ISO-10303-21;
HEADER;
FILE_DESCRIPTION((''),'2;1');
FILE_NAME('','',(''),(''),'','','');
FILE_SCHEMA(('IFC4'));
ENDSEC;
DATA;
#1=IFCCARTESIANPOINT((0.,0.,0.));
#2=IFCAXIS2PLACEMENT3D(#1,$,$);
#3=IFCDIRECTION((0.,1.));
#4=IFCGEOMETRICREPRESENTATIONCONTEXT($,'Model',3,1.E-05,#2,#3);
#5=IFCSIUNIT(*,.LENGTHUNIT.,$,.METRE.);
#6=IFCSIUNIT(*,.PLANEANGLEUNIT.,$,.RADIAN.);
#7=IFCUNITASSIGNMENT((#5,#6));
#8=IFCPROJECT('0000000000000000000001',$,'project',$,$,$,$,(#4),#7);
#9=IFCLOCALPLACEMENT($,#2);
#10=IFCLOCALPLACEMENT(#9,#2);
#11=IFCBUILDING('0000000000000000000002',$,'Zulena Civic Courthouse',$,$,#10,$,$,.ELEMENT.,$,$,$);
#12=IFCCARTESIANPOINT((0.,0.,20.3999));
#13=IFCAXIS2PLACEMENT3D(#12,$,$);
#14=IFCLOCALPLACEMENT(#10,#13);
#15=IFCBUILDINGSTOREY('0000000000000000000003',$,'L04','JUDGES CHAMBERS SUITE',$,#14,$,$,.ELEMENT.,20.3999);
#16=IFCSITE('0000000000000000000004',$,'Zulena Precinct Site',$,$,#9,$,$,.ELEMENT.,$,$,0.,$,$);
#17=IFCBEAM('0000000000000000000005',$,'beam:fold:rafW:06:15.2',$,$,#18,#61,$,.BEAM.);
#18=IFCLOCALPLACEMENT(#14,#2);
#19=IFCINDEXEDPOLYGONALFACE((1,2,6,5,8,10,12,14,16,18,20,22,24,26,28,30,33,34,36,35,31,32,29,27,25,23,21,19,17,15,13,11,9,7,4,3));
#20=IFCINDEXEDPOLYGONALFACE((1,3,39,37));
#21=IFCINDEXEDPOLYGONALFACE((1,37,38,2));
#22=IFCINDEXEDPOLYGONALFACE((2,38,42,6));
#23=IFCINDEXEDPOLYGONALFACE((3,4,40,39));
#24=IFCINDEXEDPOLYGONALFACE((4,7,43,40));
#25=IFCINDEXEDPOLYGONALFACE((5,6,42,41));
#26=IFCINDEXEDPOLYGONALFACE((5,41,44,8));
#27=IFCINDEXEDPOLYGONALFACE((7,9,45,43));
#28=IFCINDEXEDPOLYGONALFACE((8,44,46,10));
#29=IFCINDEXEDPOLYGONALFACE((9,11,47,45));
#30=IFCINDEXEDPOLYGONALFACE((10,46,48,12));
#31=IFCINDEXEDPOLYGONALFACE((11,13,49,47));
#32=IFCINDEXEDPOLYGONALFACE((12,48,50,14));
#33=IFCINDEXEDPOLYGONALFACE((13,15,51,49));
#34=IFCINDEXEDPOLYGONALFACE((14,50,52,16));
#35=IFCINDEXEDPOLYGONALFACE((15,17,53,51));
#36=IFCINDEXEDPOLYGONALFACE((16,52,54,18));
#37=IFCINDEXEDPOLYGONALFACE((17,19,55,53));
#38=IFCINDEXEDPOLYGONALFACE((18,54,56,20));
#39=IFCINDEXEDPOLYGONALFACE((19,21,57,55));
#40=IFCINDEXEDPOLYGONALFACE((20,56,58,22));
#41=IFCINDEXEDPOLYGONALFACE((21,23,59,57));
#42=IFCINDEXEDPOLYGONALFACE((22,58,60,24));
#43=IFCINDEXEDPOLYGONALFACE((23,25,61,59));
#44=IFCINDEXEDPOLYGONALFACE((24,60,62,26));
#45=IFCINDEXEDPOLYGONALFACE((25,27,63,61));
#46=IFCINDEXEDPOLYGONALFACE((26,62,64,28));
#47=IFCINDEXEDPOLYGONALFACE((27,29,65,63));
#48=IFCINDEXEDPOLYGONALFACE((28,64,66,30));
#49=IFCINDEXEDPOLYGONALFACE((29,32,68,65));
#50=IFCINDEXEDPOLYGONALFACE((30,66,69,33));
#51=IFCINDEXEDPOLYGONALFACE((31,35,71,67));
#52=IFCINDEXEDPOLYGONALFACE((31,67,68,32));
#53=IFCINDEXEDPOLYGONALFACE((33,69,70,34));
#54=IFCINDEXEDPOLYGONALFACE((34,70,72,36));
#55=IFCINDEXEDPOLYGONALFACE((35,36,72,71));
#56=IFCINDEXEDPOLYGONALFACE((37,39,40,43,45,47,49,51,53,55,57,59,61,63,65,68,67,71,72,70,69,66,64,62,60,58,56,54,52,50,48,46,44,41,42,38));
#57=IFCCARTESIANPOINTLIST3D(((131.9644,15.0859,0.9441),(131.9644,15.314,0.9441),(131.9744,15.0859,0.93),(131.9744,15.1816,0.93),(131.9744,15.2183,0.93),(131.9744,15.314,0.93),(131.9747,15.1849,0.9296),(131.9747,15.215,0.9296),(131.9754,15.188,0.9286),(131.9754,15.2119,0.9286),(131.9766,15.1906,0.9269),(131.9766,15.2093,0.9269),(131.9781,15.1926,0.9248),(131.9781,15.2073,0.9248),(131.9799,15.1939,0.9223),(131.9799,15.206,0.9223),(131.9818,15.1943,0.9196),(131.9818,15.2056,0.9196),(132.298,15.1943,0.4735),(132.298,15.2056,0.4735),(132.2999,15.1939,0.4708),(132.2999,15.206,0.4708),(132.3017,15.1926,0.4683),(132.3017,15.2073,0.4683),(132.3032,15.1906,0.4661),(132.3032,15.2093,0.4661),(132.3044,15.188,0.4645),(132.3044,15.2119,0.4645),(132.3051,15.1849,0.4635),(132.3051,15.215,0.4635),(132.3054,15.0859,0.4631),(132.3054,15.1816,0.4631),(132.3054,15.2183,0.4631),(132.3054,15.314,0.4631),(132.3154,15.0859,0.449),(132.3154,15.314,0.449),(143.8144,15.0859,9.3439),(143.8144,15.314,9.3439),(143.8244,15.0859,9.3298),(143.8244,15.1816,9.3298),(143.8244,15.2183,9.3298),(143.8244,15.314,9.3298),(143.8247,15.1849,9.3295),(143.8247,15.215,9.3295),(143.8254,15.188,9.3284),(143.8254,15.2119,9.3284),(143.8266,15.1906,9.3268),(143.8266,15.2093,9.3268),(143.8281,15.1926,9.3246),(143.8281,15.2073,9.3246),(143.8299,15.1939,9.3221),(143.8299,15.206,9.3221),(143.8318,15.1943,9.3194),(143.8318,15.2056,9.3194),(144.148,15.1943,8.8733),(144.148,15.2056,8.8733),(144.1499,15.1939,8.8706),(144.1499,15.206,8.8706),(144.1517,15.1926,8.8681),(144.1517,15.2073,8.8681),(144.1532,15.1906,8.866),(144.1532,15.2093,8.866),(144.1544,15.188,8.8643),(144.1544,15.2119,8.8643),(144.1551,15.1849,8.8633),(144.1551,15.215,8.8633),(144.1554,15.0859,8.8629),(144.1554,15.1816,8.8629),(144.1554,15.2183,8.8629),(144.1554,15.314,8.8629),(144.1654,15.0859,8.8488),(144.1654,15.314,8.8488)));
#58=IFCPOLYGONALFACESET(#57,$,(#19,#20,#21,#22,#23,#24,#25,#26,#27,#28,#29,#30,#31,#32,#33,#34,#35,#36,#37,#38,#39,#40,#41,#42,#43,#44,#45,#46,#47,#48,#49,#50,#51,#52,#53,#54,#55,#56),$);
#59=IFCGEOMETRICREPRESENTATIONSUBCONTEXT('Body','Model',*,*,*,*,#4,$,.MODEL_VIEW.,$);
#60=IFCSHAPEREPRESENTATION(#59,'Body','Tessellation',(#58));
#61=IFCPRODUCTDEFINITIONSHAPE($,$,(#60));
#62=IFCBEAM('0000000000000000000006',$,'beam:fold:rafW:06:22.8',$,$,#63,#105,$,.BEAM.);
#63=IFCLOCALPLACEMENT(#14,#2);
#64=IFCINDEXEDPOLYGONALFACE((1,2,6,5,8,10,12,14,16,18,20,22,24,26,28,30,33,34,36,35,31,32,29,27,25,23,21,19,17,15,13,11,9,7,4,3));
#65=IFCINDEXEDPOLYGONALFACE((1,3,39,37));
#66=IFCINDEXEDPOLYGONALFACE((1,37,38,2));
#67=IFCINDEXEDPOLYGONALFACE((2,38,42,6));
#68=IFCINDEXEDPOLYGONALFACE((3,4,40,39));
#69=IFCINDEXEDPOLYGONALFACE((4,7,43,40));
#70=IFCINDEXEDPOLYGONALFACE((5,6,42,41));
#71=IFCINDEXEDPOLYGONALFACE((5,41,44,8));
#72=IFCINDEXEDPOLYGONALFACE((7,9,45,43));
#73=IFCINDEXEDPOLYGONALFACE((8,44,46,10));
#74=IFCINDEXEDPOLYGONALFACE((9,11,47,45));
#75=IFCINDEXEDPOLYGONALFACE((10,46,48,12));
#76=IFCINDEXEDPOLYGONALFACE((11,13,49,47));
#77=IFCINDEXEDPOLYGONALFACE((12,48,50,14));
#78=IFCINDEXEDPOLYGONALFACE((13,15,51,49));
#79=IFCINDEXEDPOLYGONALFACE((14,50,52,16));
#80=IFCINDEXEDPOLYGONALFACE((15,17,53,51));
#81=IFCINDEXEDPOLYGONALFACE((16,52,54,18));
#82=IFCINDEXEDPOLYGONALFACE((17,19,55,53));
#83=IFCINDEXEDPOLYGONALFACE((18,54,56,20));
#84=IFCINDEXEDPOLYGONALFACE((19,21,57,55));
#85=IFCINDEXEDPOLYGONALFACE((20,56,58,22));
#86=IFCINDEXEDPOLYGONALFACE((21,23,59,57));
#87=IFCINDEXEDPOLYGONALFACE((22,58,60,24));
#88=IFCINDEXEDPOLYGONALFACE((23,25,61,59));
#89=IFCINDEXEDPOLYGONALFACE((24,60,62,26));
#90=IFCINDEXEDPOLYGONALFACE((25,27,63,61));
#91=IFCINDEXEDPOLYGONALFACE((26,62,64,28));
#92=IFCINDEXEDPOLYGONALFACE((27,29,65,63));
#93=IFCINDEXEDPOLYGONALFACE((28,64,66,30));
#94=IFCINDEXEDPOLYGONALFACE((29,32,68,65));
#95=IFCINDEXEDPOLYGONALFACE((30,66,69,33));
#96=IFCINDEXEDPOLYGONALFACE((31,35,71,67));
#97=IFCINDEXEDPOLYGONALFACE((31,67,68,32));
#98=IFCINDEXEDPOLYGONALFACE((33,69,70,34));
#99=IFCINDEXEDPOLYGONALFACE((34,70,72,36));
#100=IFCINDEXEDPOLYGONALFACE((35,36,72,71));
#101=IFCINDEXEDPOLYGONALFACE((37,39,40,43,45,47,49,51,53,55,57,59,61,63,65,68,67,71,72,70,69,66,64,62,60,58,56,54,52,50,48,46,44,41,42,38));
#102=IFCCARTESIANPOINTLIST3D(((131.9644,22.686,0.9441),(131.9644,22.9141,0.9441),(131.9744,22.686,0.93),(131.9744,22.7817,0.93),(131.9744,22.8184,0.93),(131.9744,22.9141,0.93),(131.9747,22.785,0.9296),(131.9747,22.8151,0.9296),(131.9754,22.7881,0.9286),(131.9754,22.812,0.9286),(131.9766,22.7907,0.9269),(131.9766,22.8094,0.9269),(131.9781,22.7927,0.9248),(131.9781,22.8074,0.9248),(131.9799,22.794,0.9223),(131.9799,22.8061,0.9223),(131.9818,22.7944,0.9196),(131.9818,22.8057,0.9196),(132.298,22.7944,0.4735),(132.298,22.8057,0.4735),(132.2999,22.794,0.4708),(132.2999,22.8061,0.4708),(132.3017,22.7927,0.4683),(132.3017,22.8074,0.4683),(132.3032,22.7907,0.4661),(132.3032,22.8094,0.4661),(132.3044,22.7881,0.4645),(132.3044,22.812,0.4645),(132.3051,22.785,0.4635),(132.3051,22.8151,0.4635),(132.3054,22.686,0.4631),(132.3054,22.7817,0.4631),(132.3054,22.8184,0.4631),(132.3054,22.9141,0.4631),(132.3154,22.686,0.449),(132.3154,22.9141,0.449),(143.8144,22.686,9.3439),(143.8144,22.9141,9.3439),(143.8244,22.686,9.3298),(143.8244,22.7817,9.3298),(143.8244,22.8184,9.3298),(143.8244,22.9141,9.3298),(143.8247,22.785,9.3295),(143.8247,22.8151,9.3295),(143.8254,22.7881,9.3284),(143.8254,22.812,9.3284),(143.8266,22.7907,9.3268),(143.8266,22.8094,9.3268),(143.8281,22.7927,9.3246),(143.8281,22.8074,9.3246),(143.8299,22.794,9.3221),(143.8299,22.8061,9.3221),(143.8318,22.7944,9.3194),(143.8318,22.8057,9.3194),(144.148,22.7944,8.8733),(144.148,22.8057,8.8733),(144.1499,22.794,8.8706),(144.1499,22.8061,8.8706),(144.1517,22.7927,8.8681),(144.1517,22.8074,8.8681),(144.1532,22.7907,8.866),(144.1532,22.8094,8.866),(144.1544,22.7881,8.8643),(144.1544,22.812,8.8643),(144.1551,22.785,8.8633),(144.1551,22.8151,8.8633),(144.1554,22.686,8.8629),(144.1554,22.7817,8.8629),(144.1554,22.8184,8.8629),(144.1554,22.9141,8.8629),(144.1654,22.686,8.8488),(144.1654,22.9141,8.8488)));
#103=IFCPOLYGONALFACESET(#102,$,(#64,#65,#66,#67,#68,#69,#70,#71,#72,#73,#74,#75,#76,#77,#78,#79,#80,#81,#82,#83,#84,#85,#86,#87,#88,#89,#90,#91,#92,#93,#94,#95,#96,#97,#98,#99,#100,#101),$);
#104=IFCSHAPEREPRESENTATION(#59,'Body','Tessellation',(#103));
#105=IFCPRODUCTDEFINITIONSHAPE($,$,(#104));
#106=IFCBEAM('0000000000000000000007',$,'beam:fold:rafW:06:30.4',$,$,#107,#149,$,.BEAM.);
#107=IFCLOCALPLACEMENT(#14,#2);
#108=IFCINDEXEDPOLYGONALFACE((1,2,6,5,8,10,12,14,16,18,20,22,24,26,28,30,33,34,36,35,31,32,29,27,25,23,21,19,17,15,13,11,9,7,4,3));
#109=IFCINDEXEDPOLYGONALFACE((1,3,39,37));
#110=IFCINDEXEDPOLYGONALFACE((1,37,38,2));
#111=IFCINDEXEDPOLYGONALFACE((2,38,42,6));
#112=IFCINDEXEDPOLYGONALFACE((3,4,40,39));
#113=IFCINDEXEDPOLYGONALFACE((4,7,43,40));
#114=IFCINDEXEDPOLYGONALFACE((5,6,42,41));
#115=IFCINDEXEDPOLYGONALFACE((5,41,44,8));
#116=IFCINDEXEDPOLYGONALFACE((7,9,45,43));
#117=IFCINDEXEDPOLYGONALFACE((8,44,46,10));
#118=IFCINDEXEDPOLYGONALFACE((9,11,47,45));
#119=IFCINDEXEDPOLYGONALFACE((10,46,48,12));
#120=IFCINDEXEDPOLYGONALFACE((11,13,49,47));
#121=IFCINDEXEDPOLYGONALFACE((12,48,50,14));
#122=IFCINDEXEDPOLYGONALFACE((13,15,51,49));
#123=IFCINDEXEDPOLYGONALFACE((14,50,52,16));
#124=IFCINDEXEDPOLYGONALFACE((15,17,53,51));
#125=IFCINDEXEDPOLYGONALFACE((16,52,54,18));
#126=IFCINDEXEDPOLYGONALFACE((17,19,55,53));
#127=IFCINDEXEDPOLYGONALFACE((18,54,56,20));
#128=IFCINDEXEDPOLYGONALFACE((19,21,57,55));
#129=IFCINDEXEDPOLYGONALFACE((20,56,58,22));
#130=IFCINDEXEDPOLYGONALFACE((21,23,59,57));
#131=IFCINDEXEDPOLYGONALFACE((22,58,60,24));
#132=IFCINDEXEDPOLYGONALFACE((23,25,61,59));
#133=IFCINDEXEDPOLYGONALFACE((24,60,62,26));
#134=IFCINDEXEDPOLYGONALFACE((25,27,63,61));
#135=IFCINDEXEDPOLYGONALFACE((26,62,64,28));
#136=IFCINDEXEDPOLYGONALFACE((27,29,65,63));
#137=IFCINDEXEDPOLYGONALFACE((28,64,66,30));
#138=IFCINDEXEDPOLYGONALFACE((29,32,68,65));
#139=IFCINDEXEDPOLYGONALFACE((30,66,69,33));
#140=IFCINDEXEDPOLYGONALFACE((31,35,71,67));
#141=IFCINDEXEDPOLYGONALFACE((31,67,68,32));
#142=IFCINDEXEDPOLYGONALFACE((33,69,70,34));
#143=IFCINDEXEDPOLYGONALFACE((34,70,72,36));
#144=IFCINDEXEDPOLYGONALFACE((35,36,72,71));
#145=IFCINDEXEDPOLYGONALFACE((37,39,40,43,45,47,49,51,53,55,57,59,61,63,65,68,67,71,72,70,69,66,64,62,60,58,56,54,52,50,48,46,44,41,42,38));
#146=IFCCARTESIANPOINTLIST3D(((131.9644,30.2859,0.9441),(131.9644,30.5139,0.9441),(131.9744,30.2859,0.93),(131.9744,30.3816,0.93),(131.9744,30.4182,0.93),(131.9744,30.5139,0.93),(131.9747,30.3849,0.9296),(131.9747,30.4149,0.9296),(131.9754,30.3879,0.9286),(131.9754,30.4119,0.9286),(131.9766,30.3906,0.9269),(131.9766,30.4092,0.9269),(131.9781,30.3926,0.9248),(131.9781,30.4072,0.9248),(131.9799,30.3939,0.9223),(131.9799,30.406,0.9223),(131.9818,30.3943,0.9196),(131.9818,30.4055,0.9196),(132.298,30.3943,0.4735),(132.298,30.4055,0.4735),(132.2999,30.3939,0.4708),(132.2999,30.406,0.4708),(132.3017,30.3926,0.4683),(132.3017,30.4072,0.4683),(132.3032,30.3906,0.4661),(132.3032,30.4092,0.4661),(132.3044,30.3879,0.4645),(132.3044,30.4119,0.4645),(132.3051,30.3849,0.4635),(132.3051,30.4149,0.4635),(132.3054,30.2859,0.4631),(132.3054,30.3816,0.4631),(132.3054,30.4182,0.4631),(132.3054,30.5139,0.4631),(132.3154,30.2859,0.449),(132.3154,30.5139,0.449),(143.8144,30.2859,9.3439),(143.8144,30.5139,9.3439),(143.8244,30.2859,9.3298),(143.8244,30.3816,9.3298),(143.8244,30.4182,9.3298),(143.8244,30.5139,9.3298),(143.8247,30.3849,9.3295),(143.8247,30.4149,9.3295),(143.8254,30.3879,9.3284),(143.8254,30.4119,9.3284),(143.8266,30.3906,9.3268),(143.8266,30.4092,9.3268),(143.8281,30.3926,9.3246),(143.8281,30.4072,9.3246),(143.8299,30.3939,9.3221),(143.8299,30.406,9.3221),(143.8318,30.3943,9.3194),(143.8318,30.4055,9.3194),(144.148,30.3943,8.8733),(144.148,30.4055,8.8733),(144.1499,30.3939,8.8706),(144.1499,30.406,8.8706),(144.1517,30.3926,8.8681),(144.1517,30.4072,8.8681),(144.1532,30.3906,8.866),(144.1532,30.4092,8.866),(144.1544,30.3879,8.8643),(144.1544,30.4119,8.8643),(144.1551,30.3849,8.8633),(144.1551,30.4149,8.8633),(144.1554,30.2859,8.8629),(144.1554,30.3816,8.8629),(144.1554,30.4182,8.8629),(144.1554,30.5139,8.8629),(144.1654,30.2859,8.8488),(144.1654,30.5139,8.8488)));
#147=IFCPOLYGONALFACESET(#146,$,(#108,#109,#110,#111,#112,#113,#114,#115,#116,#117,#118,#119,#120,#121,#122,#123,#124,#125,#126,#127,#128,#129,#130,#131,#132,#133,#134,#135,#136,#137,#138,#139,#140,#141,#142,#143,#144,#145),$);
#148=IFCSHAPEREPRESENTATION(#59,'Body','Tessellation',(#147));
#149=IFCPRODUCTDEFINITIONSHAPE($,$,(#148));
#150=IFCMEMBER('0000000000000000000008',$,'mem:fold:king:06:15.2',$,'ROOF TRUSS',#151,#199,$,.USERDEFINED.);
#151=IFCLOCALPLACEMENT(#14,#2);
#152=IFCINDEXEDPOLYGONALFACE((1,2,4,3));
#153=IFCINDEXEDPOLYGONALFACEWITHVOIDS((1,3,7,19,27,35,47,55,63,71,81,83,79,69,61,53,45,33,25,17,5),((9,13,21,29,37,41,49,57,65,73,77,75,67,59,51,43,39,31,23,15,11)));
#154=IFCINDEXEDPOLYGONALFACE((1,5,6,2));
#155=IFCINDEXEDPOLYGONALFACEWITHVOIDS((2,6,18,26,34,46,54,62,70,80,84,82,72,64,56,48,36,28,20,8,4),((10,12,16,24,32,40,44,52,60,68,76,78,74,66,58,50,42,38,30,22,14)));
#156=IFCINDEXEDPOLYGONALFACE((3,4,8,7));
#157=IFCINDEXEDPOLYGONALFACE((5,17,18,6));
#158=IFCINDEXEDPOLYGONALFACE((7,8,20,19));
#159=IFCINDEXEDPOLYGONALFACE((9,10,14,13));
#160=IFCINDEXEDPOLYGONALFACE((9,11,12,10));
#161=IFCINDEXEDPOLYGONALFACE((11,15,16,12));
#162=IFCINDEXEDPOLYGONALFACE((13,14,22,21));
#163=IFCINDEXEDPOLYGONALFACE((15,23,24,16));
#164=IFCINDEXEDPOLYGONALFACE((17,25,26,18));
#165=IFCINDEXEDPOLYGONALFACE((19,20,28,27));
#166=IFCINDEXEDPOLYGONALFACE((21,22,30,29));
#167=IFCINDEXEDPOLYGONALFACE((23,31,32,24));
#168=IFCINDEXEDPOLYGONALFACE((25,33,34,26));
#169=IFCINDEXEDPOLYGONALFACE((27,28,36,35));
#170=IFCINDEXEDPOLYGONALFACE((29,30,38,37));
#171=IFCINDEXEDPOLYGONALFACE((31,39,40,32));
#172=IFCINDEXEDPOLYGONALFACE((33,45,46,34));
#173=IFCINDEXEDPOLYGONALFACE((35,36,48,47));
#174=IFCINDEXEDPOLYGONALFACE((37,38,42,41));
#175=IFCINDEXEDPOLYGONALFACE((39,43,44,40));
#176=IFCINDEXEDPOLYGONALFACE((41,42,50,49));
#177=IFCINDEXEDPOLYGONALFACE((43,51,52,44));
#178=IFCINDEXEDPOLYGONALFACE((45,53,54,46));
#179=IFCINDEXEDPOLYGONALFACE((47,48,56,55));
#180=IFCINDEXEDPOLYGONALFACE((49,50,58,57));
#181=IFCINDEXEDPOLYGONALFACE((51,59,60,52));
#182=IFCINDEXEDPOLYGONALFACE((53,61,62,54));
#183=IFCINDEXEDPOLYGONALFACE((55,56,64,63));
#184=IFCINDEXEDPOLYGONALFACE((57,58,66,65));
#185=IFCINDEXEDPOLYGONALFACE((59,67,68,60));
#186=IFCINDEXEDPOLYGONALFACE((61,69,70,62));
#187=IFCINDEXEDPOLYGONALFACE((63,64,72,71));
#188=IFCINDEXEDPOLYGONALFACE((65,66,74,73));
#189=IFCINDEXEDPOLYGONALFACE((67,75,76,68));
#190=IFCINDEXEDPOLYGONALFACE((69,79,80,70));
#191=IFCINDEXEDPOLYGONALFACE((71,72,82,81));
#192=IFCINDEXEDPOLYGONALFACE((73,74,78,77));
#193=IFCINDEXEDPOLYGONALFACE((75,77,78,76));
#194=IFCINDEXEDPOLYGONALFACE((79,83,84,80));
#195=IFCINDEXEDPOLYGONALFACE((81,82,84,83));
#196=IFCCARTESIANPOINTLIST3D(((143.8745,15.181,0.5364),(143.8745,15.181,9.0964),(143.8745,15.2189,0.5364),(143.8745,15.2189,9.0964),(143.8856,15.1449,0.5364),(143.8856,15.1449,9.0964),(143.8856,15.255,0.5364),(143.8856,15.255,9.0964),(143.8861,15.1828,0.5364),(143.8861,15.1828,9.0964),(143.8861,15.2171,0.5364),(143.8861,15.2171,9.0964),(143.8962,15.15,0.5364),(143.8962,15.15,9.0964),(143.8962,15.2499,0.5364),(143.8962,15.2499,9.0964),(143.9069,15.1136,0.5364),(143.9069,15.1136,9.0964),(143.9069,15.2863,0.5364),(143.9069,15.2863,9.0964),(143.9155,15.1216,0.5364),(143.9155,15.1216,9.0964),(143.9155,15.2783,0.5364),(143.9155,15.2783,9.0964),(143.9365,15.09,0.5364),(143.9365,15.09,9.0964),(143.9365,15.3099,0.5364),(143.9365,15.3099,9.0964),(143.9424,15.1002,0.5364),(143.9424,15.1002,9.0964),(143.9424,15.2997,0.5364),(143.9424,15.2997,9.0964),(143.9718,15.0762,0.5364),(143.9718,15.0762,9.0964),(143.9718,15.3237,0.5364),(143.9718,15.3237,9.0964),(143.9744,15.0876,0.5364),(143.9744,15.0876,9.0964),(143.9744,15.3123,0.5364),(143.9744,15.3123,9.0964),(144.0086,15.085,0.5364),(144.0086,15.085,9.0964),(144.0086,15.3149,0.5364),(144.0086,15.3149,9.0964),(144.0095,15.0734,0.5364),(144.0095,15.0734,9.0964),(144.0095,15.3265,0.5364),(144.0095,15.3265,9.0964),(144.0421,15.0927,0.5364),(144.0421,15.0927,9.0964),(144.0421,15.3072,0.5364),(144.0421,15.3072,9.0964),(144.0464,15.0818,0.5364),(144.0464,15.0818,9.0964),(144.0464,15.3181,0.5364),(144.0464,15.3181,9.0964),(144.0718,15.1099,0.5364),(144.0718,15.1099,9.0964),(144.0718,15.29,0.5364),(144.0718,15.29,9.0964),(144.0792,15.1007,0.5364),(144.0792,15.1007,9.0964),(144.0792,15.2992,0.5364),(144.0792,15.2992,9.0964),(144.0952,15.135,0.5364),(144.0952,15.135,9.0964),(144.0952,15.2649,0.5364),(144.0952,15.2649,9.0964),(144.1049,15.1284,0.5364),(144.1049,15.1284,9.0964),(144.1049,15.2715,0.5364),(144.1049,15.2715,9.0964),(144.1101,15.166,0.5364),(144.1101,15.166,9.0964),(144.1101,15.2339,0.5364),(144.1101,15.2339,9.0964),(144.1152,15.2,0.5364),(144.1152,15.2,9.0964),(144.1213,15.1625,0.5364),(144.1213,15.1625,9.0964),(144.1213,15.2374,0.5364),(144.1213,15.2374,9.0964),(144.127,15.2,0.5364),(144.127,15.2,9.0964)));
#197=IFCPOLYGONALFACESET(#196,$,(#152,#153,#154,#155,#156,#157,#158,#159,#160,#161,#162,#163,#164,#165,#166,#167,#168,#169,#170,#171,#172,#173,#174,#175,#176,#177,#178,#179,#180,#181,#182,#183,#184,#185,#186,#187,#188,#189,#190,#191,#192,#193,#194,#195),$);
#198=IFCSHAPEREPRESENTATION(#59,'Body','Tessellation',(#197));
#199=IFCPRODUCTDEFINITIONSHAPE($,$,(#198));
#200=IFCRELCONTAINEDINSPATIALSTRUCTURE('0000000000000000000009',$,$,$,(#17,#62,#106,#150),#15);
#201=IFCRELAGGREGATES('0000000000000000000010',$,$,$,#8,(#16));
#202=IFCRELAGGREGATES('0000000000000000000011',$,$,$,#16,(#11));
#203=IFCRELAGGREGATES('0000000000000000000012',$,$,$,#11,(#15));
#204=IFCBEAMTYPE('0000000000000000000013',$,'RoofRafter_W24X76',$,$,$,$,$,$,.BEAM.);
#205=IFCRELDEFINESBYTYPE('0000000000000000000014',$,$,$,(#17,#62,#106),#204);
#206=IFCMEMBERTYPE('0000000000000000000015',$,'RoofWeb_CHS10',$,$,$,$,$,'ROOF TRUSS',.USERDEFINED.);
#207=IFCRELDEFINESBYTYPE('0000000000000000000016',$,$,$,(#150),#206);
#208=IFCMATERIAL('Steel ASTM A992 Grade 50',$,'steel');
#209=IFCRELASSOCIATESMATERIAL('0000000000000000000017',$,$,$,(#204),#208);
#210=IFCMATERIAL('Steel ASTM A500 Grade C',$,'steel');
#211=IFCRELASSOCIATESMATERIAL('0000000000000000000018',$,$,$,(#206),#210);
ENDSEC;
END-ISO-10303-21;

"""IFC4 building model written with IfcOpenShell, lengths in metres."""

from ifc_helpers import new_model, si_unit, direction, frame, origin, origin_2d, place, context, subcontext, project, spatial, hollow_circle, i_section, extrude, material, material_profile, profile_set, type_object, element, save


model = new_model("IFC4")

# Units and contexts
model_context = context("Model", 3, precision=1e-05, world=origin(), true_north=direction((0.0, 1.0)))
body_context = subcontext(model_context, "Body", "Model", "MODEL_VIEW")
ifc_project = project(units=[si_unit("LENGTHUNIT", "METRE"), si_unit("PLANEANGLEUNIT", "RADIAN")], contexts=[model_context])

# Site, building, storey
site_placement = place(None, origin())
site = spatial("IfcSite", under=ifc_project, at=site_placement, Name="Zulena Precinct Site", CompositionType="ELEMENT", RefElevation=0.0)
building_placement = place(site_placement, origin())
building = spatial("IfcBuilding", under=site, at=building_placement, Name="Zulena Civic Courthouse", CompositionType="ELEMENT")
storey_placement = place(building_placement, frame((0.0, 0.0, 20.3999)))
storey = spatial("IfcBuildingStorey", under=building, at=storey_placement, Name="L04", Description="JUDGES CHAMBERS SUITE", CompositionType="ELEMENT", Elevation=20.3999)

# Shared definitions
ifc_material_1 = material(Name="Steel ASTM A992 Grade 50", Category="steel")

# Beams
ifc_material_profile_1 = material_profile(ifc_material_1, i_section(OverallWidth=0.228, OverallDepth=0.6069, WebThickness=0.0112, FlangeThickness=0.0173, FilletRadius=0.0127, at=origin_2d()), Name="W24X76")
ifc_profile_set_1 = profile_set([ifc_material_profile_1], Name="Steel ASTM A992 Grade 50")
beam_type = type_object("IfcBeamType", Name="RoofRafter_W24X76", PredefinedType="BEAM", material=ifc_profile_set_1)
for number, where, z_axis, x_axis, name in (
    (1, (132.1399, 15.2, 0.6965), (0.815827, 0.0, 0.578296), (0.0, 1.0, 0.0), "beam:fold:rafW:06:15.2"),
    (2, (132.1399, 22.8, 0.6965), (0.815827, 0.0, 0.578296), (0.0, 1.0, 0.0), "beam:fold:rafW:06:22.8"),
    (3, (132.1399, 30.3999, 0.6965), (0.815827, 0.0, 0.578296), (0.0, 1.0, 0.0), "beam:fold:rafW:06:30.4"),
):
    element("IfcBeam", number, at=place(storey_placement, frame(where, z_axis=z_axis, x_axis=x_axis)), inside=storey, type_object=beam_type, Name=name, PredefinedType="BEAM", context=body_context, shape_type="SweptSolid", body=[
        extrude(i_section(OverallWidth=0.228, OverallDepth=0.6069, WebThickness=0.0112, FlangeThickness=0.0173, FilletRadius=0.0127, at=origin_2d()), origin(), (0.0, 0.0, 1.0), 14.5251),
    ])

# Member
ifc_material_2 = material(Name="Steel ASTM A500 Grade C", Category="steel")
ifc_material_profile_2 = material_profile(ifc_material_2, hollow_circle(Radius=0.127, WallThickness=0.0117, at=origin_2d()), Name="HSS10.000X0.500")
ifc_profile_set_2 = profile_set([ifc_material_profile_2], Name="Steel ASTM A500 Grade C")
member_type_1 = type_object("IfcMemberType", Name="RoofWeb_CHS10", ElementType="ROOF TRUSS", PredefinedType="USERDEFINED", material=ifc_profile_set_2)
member_placement = place(storey_placement, frame((144.0, 15.2, 0.5364), z_axis=(0.0, 0.0, 1.0), x_axis=(1.0, 0.0, 0.0)))
element("IfcMember", 4, at=member_placement, inside=storey, type_object=member_type_1, Name="mem:fold:king:06:15.2", ObjectType="ROOF TRUSS", PredefinedType="USERDEFINED", context=body_context, shape_type="SweptSolid", body=[
    extrude(hollow_circle(Radius=0.127, WallThickness=0.0117, at=origin_2d()), origin(), (0.0, 0.0, 1.0), 8.5601),
])

save(model, "model.ifc")
